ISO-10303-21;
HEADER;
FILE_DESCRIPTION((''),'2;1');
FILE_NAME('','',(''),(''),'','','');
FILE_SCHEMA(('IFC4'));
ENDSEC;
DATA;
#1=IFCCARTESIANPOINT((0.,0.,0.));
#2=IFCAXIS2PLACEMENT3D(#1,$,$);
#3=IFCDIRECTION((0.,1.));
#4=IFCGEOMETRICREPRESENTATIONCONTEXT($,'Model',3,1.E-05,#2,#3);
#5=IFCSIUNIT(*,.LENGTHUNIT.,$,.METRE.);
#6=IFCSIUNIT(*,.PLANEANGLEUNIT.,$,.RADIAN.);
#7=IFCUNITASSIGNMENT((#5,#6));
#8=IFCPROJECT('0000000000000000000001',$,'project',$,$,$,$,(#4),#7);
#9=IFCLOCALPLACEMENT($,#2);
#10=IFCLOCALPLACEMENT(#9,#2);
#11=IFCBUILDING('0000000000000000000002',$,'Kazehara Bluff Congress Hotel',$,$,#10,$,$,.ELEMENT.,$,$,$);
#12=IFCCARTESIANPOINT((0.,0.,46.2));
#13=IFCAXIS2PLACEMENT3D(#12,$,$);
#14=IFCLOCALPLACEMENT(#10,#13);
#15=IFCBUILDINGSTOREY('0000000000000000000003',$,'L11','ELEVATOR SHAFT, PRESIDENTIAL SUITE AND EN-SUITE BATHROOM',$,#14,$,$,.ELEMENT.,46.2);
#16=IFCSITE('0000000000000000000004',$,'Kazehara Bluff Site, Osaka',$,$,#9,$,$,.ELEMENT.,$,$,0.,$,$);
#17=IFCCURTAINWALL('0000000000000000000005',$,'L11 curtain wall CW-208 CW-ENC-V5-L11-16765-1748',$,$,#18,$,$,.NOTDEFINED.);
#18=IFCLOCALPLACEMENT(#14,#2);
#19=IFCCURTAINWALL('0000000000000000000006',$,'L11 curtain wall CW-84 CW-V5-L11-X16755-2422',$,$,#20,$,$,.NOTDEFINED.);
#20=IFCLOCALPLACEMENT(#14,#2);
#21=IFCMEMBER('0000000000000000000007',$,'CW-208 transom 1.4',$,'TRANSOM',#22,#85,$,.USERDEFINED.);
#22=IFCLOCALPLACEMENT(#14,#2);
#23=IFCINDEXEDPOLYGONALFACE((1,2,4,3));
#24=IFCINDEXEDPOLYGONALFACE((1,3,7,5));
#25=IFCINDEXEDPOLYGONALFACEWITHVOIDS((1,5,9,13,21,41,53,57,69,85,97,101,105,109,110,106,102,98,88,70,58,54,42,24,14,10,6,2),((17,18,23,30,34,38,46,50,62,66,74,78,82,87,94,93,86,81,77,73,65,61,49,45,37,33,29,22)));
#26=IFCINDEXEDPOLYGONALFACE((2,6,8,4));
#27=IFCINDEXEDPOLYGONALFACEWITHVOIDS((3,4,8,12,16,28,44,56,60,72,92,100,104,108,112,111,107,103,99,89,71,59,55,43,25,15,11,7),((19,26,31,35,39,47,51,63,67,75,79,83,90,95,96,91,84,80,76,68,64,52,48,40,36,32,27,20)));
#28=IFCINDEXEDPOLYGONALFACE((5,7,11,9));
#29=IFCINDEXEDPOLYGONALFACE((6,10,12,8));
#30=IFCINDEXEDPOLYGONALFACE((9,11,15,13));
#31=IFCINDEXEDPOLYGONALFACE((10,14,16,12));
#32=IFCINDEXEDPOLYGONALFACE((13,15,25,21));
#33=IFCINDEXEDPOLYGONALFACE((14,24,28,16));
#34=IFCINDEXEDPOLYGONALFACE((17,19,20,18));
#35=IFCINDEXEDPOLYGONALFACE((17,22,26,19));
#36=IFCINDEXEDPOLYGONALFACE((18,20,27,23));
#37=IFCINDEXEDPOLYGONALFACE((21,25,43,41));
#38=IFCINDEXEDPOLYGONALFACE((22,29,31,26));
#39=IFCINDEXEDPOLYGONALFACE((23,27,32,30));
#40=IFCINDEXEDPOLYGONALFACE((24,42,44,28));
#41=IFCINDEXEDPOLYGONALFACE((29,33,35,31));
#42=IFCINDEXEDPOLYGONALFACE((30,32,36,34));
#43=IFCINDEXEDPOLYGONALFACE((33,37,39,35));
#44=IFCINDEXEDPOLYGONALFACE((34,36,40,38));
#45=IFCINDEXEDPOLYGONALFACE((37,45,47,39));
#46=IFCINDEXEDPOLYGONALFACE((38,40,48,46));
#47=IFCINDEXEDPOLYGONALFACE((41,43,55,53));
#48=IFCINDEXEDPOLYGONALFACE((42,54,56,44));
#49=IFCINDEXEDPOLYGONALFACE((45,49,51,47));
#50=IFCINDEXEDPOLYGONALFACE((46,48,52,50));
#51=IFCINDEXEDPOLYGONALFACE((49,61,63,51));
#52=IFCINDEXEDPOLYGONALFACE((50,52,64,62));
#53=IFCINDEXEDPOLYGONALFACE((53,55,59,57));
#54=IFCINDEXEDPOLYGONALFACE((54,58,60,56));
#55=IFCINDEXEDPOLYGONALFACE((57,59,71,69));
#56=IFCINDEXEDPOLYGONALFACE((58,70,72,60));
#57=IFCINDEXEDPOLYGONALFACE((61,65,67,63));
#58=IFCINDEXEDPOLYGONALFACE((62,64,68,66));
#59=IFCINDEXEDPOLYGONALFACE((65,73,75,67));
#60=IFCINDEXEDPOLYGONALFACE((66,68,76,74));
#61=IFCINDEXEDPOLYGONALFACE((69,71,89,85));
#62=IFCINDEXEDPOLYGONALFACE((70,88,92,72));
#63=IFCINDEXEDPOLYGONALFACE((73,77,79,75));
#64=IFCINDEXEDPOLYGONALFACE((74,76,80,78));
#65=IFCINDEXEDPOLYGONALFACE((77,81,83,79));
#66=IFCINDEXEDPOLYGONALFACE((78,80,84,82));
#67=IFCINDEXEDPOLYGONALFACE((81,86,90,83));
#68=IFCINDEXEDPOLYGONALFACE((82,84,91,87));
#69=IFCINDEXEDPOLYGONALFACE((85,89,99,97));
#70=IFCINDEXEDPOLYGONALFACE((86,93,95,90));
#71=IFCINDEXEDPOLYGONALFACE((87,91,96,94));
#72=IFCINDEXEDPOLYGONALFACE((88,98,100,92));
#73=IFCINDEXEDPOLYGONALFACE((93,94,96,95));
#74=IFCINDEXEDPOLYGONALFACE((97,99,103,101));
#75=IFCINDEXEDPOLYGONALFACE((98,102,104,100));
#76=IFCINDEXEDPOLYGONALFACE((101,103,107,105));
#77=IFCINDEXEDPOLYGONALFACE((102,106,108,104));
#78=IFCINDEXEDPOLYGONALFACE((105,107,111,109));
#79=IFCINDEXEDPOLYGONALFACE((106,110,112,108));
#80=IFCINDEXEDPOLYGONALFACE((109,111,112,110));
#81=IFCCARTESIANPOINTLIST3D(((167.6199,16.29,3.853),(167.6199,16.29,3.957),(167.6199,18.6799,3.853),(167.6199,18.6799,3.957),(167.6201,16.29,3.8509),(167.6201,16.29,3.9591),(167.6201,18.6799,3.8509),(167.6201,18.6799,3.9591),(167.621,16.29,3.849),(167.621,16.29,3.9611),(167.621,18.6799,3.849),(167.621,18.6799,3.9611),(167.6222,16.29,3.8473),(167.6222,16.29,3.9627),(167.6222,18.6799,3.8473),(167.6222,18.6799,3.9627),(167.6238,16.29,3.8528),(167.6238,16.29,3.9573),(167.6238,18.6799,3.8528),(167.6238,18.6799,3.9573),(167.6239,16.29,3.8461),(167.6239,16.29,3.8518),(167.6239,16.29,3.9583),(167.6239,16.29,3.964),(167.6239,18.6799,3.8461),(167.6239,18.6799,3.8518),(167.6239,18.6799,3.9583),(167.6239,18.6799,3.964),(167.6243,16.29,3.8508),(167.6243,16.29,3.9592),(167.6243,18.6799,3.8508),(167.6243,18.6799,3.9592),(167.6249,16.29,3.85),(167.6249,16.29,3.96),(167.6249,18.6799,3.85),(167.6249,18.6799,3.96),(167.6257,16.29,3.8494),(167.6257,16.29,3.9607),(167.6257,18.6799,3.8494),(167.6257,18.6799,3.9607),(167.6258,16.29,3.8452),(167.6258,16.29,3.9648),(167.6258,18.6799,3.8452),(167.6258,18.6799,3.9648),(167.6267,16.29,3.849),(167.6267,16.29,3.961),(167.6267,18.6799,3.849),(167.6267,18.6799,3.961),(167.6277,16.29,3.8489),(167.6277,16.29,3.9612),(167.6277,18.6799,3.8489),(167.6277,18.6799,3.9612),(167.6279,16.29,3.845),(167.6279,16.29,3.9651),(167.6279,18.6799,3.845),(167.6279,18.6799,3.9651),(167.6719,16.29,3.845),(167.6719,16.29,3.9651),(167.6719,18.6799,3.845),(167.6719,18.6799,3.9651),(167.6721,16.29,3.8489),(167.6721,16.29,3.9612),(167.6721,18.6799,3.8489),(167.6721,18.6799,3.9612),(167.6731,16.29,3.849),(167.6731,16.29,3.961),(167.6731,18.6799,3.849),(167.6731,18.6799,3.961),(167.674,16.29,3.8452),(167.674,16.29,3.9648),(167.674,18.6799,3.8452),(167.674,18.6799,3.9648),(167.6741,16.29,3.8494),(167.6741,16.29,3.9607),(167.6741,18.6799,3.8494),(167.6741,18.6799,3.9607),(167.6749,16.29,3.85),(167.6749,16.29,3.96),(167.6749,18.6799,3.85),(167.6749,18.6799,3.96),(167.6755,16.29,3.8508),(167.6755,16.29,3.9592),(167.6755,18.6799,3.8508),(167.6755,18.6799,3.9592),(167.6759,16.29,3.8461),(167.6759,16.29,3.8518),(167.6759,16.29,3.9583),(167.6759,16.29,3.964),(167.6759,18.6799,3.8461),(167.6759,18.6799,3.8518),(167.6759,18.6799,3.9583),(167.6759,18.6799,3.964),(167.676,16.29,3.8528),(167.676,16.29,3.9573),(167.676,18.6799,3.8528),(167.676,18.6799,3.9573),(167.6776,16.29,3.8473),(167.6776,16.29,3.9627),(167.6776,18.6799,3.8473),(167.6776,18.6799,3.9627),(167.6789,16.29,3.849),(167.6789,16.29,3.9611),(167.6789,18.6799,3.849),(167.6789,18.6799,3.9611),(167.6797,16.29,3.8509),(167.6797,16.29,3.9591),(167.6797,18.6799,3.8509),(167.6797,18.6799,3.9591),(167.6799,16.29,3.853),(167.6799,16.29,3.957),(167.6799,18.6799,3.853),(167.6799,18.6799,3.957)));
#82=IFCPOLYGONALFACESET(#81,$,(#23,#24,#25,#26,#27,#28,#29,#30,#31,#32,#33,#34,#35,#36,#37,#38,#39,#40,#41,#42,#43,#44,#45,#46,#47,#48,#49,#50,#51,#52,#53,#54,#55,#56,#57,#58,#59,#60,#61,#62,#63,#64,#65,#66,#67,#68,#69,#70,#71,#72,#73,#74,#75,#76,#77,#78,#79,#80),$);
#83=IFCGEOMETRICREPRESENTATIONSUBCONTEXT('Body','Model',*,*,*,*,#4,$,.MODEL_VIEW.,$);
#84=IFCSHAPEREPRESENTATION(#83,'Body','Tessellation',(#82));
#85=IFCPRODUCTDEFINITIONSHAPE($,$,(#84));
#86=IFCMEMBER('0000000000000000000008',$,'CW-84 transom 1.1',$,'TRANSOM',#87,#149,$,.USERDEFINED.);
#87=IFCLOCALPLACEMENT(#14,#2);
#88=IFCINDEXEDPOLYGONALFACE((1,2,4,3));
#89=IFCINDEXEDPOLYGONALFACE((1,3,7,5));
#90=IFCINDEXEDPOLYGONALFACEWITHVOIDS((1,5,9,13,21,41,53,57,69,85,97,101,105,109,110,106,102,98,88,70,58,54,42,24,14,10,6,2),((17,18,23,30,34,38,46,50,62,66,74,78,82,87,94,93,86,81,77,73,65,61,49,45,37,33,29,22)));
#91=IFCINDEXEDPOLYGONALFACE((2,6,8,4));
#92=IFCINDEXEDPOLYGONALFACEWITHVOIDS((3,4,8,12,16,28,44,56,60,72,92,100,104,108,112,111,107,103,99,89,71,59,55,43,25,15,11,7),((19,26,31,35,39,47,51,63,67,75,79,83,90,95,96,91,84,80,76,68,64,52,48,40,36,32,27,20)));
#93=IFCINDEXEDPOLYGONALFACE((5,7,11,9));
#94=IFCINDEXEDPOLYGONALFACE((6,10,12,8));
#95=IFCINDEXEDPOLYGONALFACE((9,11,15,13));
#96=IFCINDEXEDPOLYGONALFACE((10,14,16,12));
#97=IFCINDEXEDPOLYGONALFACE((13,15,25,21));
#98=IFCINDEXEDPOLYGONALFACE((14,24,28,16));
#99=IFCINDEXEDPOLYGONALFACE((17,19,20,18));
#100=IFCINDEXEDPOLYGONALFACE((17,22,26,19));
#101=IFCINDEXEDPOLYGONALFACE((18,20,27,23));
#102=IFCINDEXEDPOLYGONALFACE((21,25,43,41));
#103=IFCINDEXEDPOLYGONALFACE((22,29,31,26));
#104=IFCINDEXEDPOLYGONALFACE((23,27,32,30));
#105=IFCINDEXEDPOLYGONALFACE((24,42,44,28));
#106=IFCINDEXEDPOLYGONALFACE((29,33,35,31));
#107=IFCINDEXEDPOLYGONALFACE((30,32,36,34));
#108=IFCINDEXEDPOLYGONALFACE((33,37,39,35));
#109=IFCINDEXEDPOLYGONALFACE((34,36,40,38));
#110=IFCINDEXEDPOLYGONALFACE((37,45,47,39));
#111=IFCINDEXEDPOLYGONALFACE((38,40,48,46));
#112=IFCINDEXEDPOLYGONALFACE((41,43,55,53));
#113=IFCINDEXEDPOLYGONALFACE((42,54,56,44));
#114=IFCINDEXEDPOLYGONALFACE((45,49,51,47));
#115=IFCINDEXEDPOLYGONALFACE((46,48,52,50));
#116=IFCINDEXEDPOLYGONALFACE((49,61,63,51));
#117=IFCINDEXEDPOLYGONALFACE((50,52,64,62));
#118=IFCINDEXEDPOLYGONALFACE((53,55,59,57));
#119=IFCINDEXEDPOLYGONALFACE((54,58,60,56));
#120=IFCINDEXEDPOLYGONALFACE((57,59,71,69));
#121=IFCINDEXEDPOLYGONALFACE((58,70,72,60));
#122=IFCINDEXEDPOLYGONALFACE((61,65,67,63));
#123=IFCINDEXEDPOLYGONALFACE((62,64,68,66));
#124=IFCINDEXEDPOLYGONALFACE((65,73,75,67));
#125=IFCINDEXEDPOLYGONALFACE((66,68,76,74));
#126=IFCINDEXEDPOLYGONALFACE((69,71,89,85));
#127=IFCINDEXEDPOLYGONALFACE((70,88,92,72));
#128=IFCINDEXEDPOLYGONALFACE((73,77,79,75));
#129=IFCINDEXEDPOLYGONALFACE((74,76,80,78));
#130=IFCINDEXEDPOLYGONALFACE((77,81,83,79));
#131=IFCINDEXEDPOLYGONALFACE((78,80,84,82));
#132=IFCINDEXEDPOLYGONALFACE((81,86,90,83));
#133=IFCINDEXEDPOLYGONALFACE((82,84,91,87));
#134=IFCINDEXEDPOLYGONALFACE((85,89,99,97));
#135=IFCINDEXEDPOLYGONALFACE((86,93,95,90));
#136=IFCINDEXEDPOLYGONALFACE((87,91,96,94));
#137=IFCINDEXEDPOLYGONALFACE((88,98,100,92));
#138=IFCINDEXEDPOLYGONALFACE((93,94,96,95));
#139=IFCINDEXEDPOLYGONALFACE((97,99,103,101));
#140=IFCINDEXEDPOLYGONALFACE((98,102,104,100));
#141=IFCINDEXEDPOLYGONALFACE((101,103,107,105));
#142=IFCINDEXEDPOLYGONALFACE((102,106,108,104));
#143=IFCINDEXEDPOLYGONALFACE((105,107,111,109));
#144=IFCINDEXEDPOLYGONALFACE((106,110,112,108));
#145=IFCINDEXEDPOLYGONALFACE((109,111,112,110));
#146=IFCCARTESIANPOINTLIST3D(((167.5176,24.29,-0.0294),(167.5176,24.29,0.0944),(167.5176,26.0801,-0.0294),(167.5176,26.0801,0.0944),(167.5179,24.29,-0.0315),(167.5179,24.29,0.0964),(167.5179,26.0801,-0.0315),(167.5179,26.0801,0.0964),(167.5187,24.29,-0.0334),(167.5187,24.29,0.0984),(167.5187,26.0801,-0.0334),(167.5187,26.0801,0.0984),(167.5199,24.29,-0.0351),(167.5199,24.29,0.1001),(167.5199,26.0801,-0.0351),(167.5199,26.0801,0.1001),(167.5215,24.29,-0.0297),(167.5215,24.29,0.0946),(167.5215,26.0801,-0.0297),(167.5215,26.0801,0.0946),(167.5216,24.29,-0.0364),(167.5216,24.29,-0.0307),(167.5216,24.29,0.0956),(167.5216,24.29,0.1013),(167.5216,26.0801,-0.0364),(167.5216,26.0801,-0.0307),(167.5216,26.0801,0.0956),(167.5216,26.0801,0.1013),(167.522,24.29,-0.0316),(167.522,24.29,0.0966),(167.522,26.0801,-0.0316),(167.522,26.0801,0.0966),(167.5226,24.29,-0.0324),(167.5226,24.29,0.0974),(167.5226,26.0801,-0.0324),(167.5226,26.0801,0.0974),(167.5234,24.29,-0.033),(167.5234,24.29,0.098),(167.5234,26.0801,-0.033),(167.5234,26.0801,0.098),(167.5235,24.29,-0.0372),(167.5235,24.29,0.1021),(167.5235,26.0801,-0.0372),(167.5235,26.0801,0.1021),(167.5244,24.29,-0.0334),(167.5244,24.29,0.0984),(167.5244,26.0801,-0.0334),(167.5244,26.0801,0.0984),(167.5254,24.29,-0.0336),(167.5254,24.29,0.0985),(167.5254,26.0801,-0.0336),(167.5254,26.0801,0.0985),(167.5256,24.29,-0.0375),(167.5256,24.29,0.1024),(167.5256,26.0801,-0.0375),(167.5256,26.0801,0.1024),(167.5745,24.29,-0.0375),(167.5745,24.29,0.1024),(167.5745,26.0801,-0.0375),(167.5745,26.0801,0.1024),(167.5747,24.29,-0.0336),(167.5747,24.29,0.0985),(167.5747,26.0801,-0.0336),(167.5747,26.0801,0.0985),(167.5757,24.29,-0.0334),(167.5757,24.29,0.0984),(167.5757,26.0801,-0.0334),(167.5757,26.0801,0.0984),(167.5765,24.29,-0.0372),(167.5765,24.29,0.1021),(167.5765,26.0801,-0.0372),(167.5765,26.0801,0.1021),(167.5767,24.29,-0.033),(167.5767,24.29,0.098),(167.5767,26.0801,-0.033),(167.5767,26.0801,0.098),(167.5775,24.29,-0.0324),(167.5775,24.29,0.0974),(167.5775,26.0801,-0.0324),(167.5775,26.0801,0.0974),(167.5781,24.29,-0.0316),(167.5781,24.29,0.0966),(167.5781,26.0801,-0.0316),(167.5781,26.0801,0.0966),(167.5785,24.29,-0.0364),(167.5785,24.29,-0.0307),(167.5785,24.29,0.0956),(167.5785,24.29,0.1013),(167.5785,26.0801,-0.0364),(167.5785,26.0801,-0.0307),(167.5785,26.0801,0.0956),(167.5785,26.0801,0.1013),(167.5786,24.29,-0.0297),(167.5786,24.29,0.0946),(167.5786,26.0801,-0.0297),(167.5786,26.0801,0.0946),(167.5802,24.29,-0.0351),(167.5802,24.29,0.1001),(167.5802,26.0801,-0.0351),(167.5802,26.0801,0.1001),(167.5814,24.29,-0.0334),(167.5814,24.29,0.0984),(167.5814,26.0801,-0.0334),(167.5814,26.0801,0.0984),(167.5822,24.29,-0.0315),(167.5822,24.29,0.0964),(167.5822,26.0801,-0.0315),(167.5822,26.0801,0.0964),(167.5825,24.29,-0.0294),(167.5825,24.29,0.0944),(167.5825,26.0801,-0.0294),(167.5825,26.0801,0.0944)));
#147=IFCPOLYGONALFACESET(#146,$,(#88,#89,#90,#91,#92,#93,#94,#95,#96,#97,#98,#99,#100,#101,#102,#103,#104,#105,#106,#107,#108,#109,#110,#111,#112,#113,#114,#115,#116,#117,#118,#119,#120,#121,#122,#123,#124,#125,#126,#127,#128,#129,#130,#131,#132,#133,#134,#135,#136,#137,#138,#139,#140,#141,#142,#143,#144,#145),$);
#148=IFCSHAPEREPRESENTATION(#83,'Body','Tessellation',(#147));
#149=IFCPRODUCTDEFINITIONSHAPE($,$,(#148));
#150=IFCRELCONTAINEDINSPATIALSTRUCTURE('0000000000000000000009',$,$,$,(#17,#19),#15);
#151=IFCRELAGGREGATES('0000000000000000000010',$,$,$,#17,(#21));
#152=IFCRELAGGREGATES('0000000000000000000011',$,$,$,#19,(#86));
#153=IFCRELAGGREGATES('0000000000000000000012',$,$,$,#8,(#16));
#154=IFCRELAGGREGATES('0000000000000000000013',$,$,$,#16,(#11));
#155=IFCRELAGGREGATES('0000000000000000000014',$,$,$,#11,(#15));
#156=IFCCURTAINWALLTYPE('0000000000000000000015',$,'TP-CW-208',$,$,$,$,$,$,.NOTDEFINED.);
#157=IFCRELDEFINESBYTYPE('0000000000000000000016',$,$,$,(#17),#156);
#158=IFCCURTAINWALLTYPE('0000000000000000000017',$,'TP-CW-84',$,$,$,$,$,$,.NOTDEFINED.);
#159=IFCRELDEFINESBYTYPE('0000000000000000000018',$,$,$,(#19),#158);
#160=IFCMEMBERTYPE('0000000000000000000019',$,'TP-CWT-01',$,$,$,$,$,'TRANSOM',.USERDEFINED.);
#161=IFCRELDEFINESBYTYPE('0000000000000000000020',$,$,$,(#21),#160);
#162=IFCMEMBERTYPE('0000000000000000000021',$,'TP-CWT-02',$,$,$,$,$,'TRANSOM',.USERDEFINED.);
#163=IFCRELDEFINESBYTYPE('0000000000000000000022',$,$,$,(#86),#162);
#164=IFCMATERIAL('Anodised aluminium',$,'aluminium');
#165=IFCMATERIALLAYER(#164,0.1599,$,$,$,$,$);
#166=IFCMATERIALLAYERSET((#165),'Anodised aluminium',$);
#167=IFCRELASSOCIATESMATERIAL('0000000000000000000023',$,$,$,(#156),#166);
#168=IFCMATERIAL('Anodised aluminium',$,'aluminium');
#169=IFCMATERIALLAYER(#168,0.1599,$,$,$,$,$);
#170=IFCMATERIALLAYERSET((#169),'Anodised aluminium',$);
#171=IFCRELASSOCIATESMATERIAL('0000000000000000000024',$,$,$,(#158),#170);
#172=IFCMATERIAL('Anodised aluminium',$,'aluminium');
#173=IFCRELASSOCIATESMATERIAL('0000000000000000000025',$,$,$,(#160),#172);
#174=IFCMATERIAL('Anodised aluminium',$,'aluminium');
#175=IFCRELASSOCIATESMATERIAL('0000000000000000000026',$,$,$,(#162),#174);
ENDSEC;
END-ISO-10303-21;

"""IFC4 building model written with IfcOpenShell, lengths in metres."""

from ifc_helpers import new_model, si_unit, direction, frame, origin, origin_2d, place, context, subcontext, project, spatial, hollow_rectangle, extrude, material, layer, layer_set, material_profile, profile_set, type_object, element, aggregate, save


model = new_model("IFC4")

# Units and contexts
model_context = context("Model", 3, precision=1e-05, world=origin(), true_north=direction((0.0, 1.0)))
body_context = subcontext(model_context, "Body", "Model", "MODEL_VIEW")
ifc_project = project(units=[si_unit("LENGTHUNIT", "METRE"), si_unit("PLANEANGLEUNIT", "RADIAN")], contexts=[model_context])

# Site, building, storey
site_placement = place(None, origin())
site = spatial("IfcSite", under=ifc_project, at=site_placement, Name="Kazehara Bluff Site, Osaka", CompositionType="ELEMENT", RefElevation=0.0)
building_placement = place(site_placement, origin())
building = spatial("IfcBuilding", under=site, at=building_placement, Name="Kazehara Bluff Congress Hotel", CompositionType="ELEMENT")
storey_placement = place(building_placement, frame((0.0, 0.0, 46.2)))
storey = spatial("IfcBuildingStorey", under=building, at=storey_placement, Name="L11", Description="ELEVATOR SHAFT, PRESIDENTIAL SUITE AND EN-SUITE BATHROOM", CompositionType="ELEMENT", Elevation=46.2)

# Curtain walls
ifc_material_1 = material(Name="Anodised aluminium", Category="aluminium")
ifc_layer_1 = layer(ifc_material_1, 0.1599)
ifc_layer_set_1 = layer_set([ifc_layer_1], Name="Anodised aluminium")
curtain_wall_type_1 = type_object("IfcCurtainWallType", Name="TP-CW-208", PredefinedType="NOTDEFINED", material=ifc_layer_set_1)
curtain_wall_1_placement = place(storey_placement, origin())
curtain_wall_1 = element("IfcCurtainWall", 1, at=curtain_wall_1_placement, inside=storey, type_object=curtain_wall_type_1, Name="L11 curtain wall CW-208 CW-ENC-V5-L11-16765-1748", PredefinedType="NOTDEFINED")
ifc_material_2 = material(Name="Anodised aluminium", Category="aluminium")
ifc_layer_2 = layer(ifc_material_2, 0.1599)
ifc_layer_set_2 = layer_set([ifc_layer_2], Name="Anodised aluminium")
curtain_wall_type_2 = type_object("IfcCurtainWallType", Name="TP-CW-84", PredefinedType="NOTDEFINED", material=ifc_layer_set_2)
curtain_wall_2_placement = place(storey_placement, origin())
curtain_wall_2 = element("IfcCurtainWall", 2, at=curtain_wall_2_placement, inside=storey, type_object=curtain_wall_type_2, Name="L11 curtain wall CW-84 CW-V5-L11-X16755-2422", PredefinedType="NOTDEFINED")

# Members
ifc_material_3 = material(Name="Anodised aluminium", Category="aluminium")
ifc_material_profile_1 = material_profile(ifc_material_3, hollow_rectangle(XDim=0.0601, YDim=0.1201, WallThickness=0.0039, InnerFilletRadius=0.0039, OuterFilletRadius=0.0081, at=origin_2d()))
ifc_profile_set_1 = profile_set([ifc_material_profile_1], Name="Anodised aluminium")
member_type_1 = type_object("IfcMemberType", Name="TP-CWT-01", ElementType="TRANSOM", PredefinedType="USERDEFINED", material=ifc_profile_set_1)
member_1_placement = place(storey_placement, frame((167.6499, 18.6799, 3.905), z_axis=(0.0, -1.0, 0.0), x_axis=(1.0, 0.0, 0.0)))
member_1 = element("IfcMember", 3, at=member_1_placement, type_object=member_type_1, Name="CW-208 transom 1.4", ObjectType="TRANSOM", PredefinedType="USERDEFINED", context=body_context, shape_type="SweptSolid", body=[
    extrude(hollow_rectangle(XDim=0.0601, YDim=0.1201, WallThickness=0.0039, InnerFilletRadius=0.0039, OuterFilletRadius=0.0081, at=origin_2d()), origin(), (0.0, 0.0, 1.0), 2.3899),
])
aggregate(curtain_wall_1, [member_1])
ifc_material_4 = material(Name="Anodised aluminium", Category="aluminium")
ifc_material_profile_2 = material_profile(ifc_material_4, hollow_rectangle(XDim=0.0649, YDim=0.1399, WallThickness=0.0039, InnerFilletRadius=0.0039, OuterFilletRadius=0.0081, at=origin_2d()))
ifc_profile_set_2 = profile_set([ifc_material_profile_2], Name="Anodised aluminium")
member_type_2 = type_object("IfcMemberType", Name="TP-CWT-02", ElementType="TRANSOM", PredefinedType="USERDEFINED", material=ifc_profile_set_2)
member_2_placement = place(storey_placement, frame((167.55, 24.29, 0.0325), z_axis=(0.0, 1.0, 0.0), x_axis=(-1.0, 0.0, 0.0)))
member_2 = element("IfcMember", 4, at=member_2_placement, type_object=member_type_2, Name="CW-84 transom 1.1", ObjectType="TRANSOM", PredefinedType="USERDEFINED", context=body_context, shape_type="SweptSolid", body=[
    extrude(hollow_rectangle(XDim=0.0649, YDim=0.1399, WallThickness=0.0039, InnerFilletRadius=0.0039, OuterFilletRadius=0.0081, at=origin_2d()), origin(), (0.0, 0.0, 1.0), 1.79),
])

aggregate(curtain_wall_2, [member_2])

save(model, "model.ifc")
